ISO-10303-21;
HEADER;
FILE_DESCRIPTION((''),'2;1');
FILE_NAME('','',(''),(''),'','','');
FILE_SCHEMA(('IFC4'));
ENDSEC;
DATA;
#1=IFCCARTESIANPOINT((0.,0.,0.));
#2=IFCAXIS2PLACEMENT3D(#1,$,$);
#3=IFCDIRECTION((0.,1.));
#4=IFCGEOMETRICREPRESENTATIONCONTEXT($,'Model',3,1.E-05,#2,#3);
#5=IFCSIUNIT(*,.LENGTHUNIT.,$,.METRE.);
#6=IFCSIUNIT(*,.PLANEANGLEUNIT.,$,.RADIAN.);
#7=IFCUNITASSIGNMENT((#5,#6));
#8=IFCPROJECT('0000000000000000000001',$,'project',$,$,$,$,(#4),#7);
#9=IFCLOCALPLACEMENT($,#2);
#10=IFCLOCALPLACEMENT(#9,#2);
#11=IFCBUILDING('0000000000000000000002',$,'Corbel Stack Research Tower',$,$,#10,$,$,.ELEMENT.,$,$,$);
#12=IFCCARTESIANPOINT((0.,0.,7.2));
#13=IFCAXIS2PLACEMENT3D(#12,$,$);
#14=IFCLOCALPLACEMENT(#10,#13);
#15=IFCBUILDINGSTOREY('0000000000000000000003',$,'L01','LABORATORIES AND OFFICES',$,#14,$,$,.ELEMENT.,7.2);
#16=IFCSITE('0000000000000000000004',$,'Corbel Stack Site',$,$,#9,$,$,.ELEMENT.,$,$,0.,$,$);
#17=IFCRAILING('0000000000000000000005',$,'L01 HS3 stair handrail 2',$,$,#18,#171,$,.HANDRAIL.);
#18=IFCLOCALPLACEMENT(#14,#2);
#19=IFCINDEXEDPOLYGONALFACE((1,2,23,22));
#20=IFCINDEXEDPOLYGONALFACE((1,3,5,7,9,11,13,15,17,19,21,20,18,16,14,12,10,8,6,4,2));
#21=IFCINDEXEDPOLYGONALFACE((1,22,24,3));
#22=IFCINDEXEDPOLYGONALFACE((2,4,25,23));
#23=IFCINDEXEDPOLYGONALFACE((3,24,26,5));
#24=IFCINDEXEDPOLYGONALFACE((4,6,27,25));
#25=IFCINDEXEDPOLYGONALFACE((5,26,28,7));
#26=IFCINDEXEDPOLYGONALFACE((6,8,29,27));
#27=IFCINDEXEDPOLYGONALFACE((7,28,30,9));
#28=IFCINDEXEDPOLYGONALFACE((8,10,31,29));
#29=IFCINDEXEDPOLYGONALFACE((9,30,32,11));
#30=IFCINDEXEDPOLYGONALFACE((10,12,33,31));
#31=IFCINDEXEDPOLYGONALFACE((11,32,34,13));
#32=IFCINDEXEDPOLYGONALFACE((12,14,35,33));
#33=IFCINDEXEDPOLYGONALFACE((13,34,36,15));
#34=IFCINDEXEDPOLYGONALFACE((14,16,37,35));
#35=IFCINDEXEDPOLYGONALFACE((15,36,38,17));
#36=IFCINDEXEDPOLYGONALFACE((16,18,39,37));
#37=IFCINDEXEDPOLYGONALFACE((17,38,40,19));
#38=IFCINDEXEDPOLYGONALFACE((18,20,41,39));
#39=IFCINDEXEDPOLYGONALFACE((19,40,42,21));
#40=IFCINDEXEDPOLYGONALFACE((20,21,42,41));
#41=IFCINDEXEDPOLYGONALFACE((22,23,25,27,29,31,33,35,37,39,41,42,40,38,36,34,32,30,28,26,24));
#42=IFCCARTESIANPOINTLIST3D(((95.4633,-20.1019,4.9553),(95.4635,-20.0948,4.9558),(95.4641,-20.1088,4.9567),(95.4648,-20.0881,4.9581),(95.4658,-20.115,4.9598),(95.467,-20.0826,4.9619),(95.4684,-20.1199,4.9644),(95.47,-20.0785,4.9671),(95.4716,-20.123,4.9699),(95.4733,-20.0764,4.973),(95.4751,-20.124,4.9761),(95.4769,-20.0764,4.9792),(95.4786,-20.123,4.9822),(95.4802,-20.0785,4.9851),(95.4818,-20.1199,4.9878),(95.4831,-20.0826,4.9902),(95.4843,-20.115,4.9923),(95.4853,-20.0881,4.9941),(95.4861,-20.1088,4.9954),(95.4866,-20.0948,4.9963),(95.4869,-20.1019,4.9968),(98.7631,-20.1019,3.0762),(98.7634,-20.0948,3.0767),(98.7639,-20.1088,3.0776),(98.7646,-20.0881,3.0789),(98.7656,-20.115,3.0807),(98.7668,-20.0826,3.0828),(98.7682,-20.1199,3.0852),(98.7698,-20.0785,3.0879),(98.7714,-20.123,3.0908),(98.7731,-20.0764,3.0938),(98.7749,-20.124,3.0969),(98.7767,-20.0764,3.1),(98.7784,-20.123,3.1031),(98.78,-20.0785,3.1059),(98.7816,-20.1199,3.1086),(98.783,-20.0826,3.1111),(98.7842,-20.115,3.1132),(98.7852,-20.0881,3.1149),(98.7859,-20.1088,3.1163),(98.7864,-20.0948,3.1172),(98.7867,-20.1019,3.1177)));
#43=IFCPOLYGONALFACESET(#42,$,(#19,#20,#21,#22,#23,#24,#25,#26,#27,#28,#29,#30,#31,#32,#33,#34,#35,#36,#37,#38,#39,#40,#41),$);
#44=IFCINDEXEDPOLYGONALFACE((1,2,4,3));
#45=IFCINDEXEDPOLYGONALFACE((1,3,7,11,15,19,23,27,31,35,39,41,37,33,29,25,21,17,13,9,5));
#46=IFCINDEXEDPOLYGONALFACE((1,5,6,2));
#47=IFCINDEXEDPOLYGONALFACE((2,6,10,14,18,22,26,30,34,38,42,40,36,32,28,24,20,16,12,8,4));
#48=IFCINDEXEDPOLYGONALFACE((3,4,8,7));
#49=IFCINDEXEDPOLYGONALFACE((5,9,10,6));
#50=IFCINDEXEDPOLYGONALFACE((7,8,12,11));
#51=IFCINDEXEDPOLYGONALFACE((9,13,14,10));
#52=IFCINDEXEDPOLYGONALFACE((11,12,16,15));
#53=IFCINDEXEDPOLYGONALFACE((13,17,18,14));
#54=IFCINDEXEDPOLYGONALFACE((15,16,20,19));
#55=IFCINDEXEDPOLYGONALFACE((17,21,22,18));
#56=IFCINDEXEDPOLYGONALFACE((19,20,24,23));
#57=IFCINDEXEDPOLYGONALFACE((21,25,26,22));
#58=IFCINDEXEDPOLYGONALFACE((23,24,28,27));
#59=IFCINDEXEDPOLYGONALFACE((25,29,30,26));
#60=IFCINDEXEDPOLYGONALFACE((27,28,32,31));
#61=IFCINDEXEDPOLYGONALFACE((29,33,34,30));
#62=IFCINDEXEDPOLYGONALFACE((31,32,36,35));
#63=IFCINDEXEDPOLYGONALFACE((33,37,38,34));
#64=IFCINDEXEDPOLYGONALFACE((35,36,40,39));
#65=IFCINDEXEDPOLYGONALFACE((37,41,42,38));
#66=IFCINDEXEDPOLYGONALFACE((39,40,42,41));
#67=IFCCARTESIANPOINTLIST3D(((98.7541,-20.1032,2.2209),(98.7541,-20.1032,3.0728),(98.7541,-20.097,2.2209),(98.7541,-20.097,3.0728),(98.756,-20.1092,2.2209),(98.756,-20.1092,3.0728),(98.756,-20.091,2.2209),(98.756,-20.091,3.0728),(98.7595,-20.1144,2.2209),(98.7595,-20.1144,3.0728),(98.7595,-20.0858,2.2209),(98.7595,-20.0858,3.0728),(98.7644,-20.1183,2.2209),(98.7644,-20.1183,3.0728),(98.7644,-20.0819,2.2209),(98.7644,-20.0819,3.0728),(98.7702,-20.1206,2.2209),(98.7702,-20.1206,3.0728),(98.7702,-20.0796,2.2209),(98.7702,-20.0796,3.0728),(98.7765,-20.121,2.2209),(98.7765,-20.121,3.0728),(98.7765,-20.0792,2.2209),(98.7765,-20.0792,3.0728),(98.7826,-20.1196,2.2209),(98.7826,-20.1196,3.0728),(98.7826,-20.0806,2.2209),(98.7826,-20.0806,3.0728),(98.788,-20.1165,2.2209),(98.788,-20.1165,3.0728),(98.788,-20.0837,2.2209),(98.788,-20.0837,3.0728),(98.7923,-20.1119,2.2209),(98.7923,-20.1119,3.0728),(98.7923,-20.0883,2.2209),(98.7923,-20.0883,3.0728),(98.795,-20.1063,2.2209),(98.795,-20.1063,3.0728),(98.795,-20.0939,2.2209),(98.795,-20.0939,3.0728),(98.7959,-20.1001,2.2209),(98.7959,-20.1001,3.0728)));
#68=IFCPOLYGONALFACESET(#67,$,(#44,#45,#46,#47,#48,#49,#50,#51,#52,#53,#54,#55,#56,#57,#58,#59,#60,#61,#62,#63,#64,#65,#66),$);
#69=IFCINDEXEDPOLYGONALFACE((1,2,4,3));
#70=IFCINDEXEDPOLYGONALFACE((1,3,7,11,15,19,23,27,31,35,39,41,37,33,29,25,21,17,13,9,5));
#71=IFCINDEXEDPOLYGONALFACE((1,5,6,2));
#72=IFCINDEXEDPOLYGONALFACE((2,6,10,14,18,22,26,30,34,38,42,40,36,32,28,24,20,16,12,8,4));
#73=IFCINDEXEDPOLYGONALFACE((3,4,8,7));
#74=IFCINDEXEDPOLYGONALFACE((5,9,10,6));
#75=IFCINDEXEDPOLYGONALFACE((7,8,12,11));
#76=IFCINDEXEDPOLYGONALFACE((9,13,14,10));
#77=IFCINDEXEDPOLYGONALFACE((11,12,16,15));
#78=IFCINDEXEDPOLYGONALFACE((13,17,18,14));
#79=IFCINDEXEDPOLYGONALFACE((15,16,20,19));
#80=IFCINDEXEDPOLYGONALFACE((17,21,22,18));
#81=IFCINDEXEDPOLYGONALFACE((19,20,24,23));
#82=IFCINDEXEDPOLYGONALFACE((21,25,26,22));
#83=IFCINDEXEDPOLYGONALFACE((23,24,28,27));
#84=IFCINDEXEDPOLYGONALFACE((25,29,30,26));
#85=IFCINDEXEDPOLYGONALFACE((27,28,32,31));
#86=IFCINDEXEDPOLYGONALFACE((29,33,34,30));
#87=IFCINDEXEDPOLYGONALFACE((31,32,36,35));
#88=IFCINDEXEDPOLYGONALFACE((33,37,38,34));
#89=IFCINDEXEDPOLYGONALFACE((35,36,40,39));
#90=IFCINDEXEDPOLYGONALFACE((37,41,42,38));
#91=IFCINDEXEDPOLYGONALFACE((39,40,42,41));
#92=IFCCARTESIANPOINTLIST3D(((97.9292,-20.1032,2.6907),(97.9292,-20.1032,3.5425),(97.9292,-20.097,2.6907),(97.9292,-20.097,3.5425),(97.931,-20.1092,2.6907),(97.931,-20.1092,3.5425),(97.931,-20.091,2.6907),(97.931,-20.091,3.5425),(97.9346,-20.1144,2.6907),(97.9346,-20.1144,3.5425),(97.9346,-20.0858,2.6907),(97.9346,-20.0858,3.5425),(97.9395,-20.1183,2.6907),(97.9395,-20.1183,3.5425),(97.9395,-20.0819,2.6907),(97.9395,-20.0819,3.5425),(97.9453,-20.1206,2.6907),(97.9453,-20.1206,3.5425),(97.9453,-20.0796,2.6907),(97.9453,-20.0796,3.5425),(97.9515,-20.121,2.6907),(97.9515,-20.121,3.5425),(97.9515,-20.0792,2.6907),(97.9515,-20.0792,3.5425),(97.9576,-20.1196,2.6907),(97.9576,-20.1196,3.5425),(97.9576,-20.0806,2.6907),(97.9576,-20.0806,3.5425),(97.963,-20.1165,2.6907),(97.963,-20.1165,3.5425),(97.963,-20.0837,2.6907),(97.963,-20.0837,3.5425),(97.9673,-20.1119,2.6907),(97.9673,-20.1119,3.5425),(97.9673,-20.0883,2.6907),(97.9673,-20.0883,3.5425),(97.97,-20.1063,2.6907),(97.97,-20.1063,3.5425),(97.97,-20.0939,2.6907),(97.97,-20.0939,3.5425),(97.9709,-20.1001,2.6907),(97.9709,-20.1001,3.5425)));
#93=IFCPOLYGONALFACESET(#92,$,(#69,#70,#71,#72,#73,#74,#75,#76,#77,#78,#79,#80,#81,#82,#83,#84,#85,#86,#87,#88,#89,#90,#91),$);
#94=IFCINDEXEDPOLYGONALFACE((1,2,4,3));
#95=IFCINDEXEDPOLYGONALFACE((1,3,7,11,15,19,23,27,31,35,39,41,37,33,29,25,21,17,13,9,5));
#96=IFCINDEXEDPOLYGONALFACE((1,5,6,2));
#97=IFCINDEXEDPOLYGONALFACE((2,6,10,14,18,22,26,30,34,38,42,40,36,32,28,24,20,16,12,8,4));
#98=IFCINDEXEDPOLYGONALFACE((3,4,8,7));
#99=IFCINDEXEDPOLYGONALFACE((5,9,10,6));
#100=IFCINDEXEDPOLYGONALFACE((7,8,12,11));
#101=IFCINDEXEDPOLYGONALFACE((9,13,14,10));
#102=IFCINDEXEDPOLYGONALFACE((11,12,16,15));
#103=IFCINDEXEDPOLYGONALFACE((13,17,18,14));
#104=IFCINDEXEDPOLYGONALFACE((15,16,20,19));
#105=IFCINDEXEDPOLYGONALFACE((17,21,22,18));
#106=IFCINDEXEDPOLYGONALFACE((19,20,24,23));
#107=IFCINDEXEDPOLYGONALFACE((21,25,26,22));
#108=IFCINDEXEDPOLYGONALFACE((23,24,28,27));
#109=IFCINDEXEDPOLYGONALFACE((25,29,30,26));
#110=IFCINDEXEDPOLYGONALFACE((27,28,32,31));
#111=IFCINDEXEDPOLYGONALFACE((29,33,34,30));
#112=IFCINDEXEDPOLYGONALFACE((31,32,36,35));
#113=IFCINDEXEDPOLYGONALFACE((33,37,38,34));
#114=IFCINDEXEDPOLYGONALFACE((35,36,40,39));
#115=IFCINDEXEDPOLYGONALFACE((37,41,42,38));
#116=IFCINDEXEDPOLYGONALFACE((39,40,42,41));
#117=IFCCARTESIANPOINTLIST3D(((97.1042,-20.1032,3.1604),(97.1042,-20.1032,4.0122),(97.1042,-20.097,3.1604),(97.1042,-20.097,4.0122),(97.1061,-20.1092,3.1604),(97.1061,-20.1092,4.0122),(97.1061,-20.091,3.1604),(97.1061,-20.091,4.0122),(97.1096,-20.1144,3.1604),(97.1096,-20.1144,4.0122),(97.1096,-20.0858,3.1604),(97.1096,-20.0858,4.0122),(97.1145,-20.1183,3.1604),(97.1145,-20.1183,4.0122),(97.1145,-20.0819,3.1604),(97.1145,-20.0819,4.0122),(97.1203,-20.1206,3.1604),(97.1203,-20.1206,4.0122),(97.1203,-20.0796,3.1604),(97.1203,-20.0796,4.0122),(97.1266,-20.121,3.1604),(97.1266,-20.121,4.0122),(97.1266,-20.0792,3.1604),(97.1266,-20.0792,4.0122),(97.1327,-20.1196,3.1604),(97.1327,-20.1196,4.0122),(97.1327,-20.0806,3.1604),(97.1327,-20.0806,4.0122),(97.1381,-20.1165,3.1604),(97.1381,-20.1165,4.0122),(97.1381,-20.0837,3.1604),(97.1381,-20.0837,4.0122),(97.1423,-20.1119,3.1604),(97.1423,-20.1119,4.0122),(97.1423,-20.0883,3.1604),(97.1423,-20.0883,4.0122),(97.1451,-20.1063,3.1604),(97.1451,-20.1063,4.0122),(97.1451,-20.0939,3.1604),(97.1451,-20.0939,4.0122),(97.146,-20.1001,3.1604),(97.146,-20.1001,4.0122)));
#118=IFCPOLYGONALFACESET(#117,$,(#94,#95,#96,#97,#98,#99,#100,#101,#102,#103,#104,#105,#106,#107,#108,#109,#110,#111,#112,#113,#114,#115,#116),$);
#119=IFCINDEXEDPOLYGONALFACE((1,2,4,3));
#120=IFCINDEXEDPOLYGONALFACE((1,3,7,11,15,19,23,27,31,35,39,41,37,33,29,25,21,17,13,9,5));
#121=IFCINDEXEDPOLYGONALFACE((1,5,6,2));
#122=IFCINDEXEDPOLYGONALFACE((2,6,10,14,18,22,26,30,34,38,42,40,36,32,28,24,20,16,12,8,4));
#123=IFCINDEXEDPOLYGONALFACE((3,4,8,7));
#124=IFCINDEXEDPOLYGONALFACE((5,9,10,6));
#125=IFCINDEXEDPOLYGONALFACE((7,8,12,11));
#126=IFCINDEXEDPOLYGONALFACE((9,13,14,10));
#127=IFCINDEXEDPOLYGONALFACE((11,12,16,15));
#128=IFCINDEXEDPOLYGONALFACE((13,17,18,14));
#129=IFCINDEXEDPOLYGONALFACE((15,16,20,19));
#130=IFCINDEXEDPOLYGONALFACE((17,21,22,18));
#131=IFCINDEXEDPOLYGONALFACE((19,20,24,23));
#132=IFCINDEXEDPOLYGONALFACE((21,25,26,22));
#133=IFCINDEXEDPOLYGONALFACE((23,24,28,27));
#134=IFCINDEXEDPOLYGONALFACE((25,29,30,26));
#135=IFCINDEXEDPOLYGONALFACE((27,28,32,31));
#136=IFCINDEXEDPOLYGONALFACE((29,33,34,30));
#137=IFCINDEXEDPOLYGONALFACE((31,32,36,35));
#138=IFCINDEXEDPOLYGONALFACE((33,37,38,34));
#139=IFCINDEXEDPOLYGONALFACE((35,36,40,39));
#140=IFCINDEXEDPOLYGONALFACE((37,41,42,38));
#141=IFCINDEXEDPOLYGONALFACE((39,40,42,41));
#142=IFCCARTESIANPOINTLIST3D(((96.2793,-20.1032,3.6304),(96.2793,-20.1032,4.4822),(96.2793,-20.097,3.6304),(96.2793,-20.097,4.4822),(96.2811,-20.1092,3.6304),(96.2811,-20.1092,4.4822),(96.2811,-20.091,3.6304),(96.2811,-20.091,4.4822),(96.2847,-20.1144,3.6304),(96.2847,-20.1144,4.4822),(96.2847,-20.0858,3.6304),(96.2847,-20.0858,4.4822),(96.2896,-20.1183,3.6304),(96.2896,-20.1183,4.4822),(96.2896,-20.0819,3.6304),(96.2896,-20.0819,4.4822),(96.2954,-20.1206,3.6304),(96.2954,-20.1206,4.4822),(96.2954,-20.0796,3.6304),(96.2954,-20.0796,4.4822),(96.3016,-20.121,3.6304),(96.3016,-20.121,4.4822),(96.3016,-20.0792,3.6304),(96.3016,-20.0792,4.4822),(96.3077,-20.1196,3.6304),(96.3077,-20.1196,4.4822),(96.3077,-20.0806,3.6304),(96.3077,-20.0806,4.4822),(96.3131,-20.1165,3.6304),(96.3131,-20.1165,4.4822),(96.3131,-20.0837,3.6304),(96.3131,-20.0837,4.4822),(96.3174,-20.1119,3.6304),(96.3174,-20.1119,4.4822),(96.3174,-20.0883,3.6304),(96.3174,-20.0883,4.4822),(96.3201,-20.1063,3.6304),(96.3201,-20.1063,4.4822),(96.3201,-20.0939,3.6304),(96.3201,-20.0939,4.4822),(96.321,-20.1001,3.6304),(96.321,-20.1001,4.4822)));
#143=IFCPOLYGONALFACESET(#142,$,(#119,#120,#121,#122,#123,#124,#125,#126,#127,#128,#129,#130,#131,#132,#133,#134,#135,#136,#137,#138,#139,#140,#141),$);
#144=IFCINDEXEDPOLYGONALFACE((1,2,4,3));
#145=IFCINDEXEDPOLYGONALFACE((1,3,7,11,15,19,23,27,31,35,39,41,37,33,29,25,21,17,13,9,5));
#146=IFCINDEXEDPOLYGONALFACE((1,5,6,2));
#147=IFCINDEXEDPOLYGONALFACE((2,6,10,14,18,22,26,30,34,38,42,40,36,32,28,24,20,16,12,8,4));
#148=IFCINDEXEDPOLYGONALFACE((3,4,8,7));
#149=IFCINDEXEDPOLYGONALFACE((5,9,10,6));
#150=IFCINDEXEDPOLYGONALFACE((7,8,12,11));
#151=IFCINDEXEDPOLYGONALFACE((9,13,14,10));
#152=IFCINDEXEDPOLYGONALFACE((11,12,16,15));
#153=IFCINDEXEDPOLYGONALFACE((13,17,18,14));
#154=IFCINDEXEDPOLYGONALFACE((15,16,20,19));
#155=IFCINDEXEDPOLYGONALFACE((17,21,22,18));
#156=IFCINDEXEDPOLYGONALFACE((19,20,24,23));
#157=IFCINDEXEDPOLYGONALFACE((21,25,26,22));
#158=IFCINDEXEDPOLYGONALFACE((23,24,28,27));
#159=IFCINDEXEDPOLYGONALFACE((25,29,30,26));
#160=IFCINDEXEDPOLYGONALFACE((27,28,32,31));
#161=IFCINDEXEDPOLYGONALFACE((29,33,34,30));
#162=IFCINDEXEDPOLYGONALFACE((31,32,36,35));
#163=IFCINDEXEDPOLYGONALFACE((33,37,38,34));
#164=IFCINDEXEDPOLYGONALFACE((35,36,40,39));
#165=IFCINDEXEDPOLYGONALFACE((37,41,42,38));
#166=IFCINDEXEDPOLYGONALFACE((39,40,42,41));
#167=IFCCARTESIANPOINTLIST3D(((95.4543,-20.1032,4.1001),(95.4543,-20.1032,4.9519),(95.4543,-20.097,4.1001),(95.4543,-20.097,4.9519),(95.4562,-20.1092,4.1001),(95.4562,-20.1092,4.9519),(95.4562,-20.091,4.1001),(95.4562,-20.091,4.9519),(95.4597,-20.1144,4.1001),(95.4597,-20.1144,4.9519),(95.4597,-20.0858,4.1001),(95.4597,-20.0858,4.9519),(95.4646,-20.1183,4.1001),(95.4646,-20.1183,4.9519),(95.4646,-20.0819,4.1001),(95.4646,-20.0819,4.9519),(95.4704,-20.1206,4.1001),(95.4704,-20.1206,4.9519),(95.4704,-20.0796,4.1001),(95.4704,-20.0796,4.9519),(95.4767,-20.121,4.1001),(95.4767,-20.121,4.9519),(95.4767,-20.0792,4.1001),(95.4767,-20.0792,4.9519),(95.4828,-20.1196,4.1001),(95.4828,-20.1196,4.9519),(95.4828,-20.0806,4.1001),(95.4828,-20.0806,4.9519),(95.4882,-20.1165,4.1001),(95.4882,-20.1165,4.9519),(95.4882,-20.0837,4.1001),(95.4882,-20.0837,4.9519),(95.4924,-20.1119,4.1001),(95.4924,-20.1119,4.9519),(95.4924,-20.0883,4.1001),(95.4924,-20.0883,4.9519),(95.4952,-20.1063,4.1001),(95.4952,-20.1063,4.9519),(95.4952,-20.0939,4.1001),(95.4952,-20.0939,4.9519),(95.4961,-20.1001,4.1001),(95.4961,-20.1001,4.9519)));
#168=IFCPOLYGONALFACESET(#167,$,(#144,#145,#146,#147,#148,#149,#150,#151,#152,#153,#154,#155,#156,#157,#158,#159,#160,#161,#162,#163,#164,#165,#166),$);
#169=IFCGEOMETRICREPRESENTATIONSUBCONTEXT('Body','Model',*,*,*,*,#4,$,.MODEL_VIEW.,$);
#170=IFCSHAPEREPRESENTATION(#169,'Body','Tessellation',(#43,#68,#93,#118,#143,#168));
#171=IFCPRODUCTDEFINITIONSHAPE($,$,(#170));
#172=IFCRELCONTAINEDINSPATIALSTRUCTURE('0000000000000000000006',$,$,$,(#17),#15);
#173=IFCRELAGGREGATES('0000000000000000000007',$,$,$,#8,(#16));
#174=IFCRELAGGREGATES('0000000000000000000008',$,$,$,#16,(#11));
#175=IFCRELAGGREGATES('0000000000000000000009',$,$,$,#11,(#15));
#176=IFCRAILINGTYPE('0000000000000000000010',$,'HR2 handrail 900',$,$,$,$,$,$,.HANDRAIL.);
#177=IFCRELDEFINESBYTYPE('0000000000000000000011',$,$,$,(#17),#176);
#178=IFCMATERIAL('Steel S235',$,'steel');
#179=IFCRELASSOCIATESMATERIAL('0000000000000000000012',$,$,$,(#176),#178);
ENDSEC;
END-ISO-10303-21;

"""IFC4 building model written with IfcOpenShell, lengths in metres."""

from ifc_helpers import new_model, si_unit, direction, frame, origin, origin_2d, place, context, subcontext, project, spatial, circle, extrude, material, type_object, element, save


model = new_model("IFC4")

# Units and contexts
model_context = context("Model", 3, precision=1e-05, world=origin(), true_north=direction((0.0, 1.0)))
body_context = subcontext(model_context, "Body", "Model", "MODEL_VIEW")
ifc_project = project(units=[si_unit("LENGTHUNIT", "METRE"), si_unit("PLANEANGLEUNIT", "RADIAN")], contexts=[model_context])

# Site, building, storey
site_placement = place(None, origin())
site = spatial("IfcSite", under=ifc_project, at=site_placement, Name="Corbel Stack Site", CompositionType="ELEMENT", RefElevation=0.0)
building_placement = place(site_placement, origin())
building = spatial("IfcBuilding", under=site, at=building_placement, Name="Corbel Stack Research Tower", CompositionType="ELEMENT")
storey_placement = place(building_placement, frame((0.0, 0.0, 7.2)))
storey = spatial("IfcBuildingStorey", under=building, at=storey_placement, Name="L01", Description="LABORATORIES AND OFFICES", CompositionType="ELEMENT", Elevation=7.2)

# Railing
ifc_material_1 = material(Name="Steel S235", Category="steel")
railing_type_1 = type_object("IfcRailingType", Name="HR2 handrail 900", PredefinedType="HANDRAIL", material=ifc_material_1)
railing_1_placement = place(storey_placement, frame((98.7749, -20.1001, 2.2209)))
element("IfcRailing", 1, at=railing_1_placement, inside=storey, type_object=railing_type_1, Name="L01 HS3 stair handrail 2", PredefinedType="HANDRAIL", context=body_context, shape_type="SweptSolid", body=[
    extrude(circle(Radius=0.0239, at=origin_2d()), frame((0.0, 0.0, 0.876), z_axis=(-0.868974, 0.0, 0.494857), x_axis=(0.0, -1.0, 0.0)), (0.0, 0.0, 1.0), 3.7974),
    extrude(circle(Radius=0.021, at=origin_2d()), origin(), (0.0, 0.0, 1.0), 0.8518),
    extrude(circle(Radius=0.021, at=origin_2d()), frame((-0.825, 0.0, 0.4697)), (0.0, 0.0, 1.0), 0.8518),
    extrude(circle(Radius=0.021, at=origin_2d()), frame((-1.6499, 0.0, 0.9395)), (0.0, 0.0, 1.0), 0.8518),
    extrude(circle(Radius=0.021, at=origin_2d()), frame((-2.4749, 0.0, 1.4094)), (0.0, 0.0, 1.0), 0.8518),
    extrude(circle(Radius=0.021, at=origin_2d()), frame((-3.2998, 0.0, 1.8792)), (0.0, 0.0, 1.0), 0.8518),
])

save(model, "model.ifc")
